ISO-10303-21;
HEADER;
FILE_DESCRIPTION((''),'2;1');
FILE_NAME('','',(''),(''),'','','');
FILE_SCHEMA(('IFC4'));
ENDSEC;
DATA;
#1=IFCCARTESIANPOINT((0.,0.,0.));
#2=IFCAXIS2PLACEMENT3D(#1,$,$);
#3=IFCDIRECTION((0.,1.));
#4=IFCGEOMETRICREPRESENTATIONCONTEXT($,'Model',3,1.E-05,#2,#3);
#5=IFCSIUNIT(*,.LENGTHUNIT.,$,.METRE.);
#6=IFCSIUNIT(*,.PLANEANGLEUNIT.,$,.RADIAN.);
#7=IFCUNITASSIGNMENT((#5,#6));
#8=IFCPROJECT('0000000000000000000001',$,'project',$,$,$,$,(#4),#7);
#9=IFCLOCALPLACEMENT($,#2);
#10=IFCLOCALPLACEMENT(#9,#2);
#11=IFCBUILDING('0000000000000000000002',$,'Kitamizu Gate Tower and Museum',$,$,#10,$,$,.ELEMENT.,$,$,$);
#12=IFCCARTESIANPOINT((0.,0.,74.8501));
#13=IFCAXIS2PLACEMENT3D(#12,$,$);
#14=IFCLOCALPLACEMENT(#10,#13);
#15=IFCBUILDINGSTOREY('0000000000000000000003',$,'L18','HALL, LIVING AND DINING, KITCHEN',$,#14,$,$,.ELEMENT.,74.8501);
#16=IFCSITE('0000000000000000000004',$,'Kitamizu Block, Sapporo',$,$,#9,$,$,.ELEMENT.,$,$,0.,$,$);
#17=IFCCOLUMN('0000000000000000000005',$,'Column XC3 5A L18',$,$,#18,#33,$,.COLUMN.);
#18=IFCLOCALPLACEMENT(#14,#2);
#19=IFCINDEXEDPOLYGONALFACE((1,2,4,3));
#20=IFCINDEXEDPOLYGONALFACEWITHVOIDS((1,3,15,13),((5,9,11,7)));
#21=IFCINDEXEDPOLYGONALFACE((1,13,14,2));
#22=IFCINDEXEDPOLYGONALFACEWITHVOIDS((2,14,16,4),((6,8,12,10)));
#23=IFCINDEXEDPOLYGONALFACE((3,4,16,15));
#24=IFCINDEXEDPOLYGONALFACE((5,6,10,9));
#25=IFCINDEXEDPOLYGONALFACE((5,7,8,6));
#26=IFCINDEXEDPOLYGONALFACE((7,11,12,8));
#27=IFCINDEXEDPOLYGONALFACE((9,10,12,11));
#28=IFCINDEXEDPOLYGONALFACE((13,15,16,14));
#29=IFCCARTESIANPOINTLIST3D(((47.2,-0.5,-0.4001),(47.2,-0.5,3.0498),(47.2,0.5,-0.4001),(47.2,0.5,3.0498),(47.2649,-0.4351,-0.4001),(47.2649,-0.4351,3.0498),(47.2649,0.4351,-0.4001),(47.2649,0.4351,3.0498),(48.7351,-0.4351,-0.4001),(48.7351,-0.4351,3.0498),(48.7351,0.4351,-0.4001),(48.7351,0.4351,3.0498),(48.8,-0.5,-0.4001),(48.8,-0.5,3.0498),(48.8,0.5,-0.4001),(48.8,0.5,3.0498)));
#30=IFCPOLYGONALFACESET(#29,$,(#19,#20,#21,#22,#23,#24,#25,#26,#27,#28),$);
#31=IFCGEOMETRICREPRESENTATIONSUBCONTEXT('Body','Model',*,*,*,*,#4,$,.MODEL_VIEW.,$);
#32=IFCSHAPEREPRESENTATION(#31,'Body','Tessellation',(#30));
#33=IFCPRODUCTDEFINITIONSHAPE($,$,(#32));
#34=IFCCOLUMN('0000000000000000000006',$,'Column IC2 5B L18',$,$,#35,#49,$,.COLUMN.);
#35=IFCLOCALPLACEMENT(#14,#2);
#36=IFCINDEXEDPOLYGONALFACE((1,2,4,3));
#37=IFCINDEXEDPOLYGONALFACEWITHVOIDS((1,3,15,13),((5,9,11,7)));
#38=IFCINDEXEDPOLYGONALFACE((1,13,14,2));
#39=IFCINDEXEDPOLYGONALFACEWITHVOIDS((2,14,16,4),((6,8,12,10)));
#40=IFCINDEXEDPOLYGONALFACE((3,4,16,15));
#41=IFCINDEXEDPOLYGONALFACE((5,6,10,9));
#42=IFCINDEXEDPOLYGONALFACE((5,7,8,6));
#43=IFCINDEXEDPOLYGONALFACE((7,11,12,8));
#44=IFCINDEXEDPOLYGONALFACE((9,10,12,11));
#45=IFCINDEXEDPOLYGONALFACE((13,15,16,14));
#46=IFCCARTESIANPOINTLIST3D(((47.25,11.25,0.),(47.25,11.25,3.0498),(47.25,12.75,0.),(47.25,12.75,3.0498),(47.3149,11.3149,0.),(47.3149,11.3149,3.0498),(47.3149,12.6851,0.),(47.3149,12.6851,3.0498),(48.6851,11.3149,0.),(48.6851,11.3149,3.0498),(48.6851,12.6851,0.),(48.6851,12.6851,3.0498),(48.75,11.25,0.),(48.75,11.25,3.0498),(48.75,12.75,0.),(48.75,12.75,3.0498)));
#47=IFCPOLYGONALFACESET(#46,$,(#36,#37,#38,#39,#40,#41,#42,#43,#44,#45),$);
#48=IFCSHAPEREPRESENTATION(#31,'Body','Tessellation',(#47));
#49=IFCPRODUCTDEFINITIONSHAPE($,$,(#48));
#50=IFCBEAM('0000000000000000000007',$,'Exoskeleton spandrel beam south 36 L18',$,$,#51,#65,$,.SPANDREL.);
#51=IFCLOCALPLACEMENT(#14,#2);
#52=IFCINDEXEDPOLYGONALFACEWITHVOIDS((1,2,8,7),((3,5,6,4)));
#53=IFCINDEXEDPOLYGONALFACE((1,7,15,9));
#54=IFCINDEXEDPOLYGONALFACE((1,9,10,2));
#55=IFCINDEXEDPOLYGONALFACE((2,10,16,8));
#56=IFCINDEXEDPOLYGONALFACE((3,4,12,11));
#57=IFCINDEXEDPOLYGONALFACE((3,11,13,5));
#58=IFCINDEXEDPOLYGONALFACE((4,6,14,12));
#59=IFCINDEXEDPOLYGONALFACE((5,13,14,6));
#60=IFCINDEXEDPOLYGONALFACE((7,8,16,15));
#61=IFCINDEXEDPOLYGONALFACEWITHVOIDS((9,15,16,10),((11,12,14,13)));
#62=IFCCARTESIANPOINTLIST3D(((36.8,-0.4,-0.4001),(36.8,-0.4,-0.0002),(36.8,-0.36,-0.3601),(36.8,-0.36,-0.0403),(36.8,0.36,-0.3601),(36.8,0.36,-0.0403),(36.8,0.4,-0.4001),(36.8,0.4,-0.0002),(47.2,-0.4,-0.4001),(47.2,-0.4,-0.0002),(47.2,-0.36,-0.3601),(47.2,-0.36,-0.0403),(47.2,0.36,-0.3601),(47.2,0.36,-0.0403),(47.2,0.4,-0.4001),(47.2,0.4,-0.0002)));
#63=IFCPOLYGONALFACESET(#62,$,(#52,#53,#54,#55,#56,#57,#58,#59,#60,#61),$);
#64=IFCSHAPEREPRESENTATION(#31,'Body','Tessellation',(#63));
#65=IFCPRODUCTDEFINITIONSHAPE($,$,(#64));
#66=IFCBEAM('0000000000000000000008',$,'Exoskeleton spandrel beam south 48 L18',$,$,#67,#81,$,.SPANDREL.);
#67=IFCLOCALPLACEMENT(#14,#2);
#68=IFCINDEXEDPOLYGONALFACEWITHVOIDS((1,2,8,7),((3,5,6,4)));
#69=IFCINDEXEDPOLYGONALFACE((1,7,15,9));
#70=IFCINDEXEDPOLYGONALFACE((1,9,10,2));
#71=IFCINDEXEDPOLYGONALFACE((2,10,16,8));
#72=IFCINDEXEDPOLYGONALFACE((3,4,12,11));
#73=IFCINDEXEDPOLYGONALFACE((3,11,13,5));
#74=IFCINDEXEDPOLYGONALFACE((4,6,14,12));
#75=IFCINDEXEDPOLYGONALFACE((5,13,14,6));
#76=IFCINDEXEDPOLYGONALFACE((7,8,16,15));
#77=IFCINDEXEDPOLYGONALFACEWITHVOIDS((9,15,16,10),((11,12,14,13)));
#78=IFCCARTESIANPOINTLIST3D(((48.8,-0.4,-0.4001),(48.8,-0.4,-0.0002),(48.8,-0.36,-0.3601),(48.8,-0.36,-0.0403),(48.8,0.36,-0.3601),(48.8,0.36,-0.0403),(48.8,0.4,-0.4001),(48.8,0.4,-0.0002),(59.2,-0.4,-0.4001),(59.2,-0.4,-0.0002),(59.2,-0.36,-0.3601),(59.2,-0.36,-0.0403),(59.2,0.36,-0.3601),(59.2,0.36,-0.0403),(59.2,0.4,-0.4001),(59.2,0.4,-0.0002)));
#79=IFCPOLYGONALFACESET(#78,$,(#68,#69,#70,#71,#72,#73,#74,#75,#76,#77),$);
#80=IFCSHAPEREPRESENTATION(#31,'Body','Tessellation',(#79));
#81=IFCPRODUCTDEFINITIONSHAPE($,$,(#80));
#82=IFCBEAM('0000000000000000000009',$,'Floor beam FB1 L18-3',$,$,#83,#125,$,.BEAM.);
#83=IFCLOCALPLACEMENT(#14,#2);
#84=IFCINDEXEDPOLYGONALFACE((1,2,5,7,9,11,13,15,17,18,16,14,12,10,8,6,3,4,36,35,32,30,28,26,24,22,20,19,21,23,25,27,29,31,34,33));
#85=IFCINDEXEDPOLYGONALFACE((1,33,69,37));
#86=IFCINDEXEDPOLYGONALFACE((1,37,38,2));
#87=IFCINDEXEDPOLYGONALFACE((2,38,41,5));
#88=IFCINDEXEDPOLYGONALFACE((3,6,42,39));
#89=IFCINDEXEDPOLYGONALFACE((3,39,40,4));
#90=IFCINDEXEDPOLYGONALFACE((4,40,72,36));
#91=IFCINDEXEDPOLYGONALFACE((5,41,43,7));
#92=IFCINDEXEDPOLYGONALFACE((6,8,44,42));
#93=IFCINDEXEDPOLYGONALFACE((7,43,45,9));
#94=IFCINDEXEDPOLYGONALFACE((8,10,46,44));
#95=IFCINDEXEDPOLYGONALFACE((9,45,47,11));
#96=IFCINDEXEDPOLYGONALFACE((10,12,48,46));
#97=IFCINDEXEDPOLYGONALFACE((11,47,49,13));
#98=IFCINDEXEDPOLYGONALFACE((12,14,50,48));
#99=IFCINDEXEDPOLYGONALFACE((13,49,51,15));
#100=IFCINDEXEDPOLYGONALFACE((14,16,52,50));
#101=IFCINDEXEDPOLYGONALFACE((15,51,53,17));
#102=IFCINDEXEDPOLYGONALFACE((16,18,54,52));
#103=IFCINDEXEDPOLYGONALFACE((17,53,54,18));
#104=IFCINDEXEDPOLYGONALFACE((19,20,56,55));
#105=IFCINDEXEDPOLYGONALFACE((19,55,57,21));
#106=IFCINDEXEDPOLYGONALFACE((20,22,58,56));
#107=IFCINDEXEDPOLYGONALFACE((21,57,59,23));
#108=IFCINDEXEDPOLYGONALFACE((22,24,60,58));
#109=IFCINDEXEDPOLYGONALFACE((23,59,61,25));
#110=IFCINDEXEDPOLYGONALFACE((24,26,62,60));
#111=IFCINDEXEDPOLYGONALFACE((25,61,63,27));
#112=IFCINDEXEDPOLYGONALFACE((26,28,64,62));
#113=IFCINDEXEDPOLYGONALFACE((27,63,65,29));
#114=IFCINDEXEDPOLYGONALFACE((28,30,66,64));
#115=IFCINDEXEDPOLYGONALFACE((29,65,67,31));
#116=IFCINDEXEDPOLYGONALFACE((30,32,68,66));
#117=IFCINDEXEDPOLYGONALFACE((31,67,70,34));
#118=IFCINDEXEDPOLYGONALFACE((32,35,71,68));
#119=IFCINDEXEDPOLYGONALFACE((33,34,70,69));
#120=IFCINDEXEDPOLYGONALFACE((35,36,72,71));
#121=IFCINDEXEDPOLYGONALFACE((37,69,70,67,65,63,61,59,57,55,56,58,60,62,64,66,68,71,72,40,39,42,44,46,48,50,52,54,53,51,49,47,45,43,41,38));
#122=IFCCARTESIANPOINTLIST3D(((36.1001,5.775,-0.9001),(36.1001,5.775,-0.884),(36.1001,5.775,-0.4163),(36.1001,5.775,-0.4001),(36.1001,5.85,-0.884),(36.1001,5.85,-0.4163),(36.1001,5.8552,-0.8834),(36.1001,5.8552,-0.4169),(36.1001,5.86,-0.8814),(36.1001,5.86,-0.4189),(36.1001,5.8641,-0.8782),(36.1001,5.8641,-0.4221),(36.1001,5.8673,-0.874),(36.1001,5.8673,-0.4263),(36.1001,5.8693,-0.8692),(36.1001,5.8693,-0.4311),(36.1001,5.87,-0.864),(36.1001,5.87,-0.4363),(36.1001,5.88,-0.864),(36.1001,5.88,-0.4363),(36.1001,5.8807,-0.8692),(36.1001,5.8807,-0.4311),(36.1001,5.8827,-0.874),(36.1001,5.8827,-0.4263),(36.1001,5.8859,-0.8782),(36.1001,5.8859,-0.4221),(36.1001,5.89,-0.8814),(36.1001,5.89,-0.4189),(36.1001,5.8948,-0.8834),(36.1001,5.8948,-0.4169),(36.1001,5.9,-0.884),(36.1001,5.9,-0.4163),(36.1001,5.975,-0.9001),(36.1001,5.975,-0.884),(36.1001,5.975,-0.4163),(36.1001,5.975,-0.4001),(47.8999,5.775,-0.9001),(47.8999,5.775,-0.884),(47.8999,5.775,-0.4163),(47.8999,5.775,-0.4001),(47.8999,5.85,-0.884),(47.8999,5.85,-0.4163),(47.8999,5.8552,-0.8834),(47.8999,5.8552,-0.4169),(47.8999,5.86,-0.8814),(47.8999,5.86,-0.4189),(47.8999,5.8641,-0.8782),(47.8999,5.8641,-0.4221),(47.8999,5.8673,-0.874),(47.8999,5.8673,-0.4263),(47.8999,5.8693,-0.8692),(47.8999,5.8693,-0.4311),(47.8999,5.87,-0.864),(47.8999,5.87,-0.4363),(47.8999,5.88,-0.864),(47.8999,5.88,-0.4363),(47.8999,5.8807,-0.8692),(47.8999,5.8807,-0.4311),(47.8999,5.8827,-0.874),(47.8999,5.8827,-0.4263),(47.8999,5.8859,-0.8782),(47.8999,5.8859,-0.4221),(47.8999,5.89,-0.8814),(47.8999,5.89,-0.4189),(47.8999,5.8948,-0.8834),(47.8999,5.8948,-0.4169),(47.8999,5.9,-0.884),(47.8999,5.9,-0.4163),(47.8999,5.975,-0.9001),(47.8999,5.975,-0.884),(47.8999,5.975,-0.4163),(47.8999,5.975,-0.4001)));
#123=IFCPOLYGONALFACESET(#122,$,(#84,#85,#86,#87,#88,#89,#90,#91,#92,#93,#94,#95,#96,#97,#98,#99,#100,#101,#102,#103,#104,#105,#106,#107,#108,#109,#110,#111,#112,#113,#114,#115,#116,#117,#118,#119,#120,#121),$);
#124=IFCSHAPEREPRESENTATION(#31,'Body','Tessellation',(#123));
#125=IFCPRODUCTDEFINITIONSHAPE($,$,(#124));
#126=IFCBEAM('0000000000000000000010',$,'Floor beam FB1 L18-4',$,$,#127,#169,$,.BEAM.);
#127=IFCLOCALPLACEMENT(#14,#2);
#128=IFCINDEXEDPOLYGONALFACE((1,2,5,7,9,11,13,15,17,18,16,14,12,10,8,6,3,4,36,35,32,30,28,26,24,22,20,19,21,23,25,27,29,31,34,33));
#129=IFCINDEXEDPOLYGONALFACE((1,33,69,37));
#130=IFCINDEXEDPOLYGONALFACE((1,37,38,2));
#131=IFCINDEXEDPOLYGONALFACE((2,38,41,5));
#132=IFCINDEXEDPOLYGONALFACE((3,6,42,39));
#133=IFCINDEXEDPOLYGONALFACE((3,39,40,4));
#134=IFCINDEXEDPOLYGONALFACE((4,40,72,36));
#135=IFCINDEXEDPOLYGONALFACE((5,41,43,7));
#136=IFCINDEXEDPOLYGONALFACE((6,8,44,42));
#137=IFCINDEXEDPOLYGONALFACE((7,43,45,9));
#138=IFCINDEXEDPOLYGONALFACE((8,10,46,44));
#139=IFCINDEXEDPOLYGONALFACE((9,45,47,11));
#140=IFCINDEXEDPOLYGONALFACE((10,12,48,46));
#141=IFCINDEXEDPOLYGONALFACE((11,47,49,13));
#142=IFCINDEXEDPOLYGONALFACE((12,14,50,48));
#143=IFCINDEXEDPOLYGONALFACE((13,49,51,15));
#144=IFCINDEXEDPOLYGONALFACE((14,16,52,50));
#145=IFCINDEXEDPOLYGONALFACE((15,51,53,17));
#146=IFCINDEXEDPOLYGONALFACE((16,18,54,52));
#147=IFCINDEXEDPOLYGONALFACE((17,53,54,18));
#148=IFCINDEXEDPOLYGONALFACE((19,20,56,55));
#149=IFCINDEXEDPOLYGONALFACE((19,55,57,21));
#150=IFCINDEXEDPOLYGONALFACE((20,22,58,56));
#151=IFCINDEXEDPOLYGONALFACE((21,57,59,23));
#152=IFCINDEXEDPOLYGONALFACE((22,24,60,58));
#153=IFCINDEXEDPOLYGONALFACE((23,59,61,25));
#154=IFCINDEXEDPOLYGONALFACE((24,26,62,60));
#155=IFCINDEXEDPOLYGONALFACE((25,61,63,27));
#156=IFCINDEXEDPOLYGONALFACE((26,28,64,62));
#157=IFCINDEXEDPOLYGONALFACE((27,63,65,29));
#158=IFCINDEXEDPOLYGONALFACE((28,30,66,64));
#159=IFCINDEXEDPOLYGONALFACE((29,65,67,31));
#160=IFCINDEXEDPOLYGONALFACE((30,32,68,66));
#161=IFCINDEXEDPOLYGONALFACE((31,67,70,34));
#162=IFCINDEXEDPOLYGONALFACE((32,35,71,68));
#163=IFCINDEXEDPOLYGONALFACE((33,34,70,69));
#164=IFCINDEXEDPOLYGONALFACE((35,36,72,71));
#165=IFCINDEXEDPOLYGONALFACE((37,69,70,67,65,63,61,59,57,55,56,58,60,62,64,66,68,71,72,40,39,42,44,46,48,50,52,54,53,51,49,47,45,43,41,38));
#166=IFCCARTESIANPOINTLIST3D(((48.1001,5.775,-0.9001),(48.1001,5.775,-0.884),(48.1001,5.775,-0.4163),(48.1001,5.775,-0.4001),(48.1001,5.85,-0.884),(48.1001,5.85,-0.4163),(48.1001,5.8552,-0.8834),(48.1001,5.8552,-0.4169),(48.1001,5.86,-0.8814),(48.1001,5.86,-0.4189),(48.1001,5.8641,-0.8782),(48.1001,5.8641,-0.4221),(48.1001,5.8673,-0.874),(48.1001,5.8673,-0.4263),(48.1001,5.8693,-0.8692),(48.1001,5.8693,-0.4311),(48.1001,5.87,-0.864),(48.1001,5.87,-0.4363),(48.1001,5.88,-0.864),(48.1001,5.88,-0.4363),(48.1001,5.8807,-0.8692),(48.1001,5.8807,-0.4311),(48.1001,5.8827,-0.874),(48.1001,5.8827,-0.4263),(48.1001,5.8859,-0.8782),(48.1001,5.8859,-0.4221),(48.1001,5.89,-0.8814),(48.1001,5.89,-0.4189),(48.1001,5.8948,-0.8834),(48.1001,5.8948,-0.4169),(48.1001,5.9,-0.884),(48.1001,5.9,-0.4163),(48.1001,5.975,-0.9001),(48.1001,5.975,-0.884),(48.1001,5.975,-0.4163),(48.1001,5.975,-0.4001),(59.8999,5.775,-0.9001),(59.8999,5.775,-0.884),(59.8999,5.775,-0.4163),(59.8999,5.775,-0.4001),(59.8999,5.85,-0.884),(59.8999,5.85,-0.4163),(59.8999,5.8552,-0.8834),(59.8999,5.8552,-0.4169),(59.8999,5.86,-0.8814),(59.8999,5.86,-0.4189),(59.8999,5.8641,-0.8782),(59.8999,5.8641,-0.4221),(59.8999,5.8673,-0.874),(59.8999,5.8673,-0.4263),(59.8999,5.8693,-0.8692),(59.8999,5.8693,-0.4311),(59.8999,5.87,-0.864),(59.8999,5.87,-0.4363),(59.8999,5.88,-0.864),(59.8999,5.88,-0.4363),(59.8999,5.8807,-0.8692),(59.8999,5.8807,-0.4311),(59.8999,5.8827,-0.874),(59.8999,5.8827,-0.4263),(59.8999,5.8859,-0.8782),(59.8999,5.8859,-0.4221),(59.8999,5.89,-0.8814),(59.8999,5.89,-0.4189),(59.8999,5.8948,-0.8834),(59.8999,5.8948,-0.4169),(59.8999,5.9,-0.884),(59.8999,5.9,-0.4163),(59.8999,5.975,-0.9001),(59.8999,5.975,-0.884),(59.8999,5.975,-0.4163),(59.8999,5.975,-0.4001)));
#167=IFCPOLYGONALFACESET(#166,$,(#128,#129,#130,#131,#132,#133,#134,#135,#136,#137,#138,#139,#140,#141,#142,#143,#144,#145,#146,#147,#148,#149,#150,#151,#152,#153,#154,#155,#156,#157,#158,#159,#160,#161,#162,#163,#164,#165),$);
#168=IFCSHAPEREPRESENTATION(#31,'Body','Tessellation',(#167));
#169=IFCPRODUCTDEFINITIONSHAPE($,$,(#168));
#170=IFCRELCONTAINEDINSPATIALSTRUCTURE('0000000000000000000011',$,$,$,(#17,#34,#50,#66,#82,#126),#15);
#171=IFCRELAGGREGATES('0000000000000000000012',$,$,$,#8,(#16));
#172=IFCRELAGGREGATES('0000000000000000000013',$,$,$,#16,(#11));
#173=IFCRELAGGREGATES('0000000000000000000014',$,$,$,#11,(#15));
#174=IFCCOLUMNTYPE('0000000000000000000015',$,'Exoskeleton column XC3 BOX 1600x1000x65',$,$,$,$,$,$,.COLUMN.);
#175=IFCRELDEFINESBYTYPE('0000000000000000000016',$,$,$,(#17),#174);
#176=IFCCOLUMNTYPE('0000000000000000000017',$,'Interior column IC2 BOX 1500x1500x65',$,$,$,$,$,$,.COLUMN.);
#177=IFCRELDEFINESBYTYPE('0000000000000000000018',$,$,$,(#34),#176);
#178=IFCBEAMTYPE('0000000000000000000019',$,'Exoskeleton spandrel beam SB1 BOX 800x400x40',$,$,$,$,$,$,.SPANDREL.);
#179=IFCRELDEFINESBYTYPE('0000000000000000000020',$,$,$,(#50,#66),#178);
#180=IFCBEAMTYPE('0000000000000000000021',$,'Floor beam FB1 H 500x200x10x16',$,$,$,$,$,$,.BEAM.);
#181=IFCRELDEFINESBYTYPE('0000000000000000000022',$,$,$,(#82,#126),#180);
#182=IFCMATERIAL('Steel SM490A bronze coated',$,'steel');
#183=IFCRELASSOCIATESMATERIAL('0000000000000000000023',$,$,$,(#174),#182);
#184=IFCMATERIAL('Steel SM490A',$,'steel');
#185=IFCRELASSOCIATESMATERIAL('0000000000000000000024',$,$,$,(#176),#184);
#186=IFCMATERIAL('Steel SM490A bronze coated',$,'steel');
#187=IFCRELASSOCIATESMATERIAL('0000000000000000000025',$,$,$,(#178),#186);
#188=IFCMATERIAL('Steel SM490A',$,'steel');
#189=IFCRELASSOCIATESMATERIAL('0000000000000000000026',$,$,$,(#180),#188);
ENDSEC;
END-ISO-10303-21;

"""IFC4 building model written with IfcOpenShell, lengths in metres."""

from ifc_helpers import new_model, si_unit, direction, frame, origin, origin_2d, place, context, subcontext, project, spatial, hollow_rectangle, i_section, extrude, material, material_profile, profile_set, type_object, element, save


model = new_model("IFC4")

# Units and contexts
model_context = context("Model", 3, precision=1e-05, world=origin(), true_north=direction((0.0, 1.0)))
body_context = subcontext(model_context, "Body", "Model", "MODEL_VIEW")
ifc_project = project(units=[si_unit("LENGTHUNIT", "METRE"), si_unit("PLANEANGLEUNIT", "RADIAN")], contexts=[model_context])

# Site, building, storey
site_placement = place(None, origin())
site = spatial("IfcSite", under=ifc_project, at=site_placement, Name="Kitamizu Block, Sapporo", CompositionType="ELEMENT", RefElevation=0.0)
building_placement = place(site_placement, origin())
building = spatial("IfcBuilding", under=site, at=building_placement, Name="Kitamizu Gate Tower and Museum", CompositionType="ELEMENT")
storey_placement = place(building_placement, frame((0.0, 0.0, 74.8501)))
storey = spatial("IfcBuildingStorey", under=building, at=storey_placement, Name="L18", Description="HALL, LIVING AND DINING, KITCHEN", CompositionType="ELEMENT", Elevation=74.8501)

# Columns
ifc_material_1 = material(Name="Steel SM490A bronze coated", Category="steel")
ifc_material_profile_1 = material_profile(ifc_material_1, hollow_rectangle(XDim=1.6001, YDim=1.0, WallThickness=0.0649, at=origin_2d()), Name="BOX 1600x1000x65")
ifc_profile_set_1 = profile_set([ifc_material_profile_1], Name="Steel SM490A bronze coated")
column_type_1 = type_object("IfcColumnType", Name="Exoskeleton column XC3 BOX 1600x1000x65", PredefinedType="COLUMN", material=ifc_profile_set_1)
column_1_placement = place(storey_placement, frame((48.0, 0.0, -0.4001), z_axis=(0.0, 0.0, 1.0), x_axis=(1.0, 0.0, 0.0)))
element("IfcColumn", 1, at=column_1_placement, inside=storey, type_object=column_type_1, Name="Column XC3 5A L18", PredefinedType="COLUMN", context=body_context, shape_type="SweptSolid", body=[
    extrude(hollow_rectangle(XDim=1.6001, YDim=1.0, WallThickness=0.0649, at=origin_2d()), origin(), (0.0, 0.0, 1.0), 3.45),
])
ifc_material_2 = material(Name="Steel SM490A", Category="steel")
ifc_material_profile_2 = material_profile(ifc_material_2, hollow_rectangle(XDim=1.5, YDim=1.5, WallThickness=0.0649, at=origin_2d()), Name="BOX 1500x1500x65")
ifc_profile_set_2 = profile_set([ifc_material_profile_2], Name="Steel SM490A")
column_type_2 = type_object("IfcColumnType", Name="Interior column IC2 BOX 1500x1500x65", PredefinedType="COLUMN", material=ifc_profile_set_2)
column_2_placement = place(storey_placement, frame((48.0, 12.0, 0.0), z_axis=(0.0, 0.0, 1.0), x_axis=(1.0, 0.0, 0.0)))
element("IfcColumn", 2, at=column_2_placement, inside=storey, type_object=column_type_2, Name="Column IC2 5B L18", PredefinedType="COLUMN", context=body_context, shape_type="SweptSolid", body=[
    extrude(hollow_rectangle(XDim=1.5, YDim=1.5, WallThickness=0.0649, at=origin_2d()), origin(), (0.0, 0.0, 1.0), 3.0498),
])

# Beams
ifc_material_3 = material(Name="Steel SM490A bronze coated", Category="steel")
ifc_material_profile_3 = material_profile(ifc_material_3, hollow_rectangle(XDim=0.8, YDim=0.3999, WallThickness=0.04, at=origin_2d()), Name="BOX 800x400x40")
ifc_profile_set_3 = profile_set([ifc_material_profile_3], Name="Steel SM490A bronze coated")
beam_type_1 = type_object("IfcBeamType", Name="Exoskeleton spandrel beam SB1 BOX 800x400x40", PredefinedType="SPANDREL", material=ifc_profile_set_3)
for number, where, z_axis, x_axis, name in (
    (3, (36.8, 0.0, -0.2002), (1.0, 0.0, 0.0), (0.0, 1.0, 0.0), "Exoskeleton spandrel beam south 36 L18"),
    (4, (48.8, 0.0, -0.2002), (1.0, 0.0, 0.0), (0.0, 1.0, 0.0), "Exoskeleton spandrel beam south 48 L18"),
):
    element("IfcBeam", number, at=place(storey_placement, frame(where, z_axis=z_axis, x_axis=x_axis)), inside=storey, type_object=beam_type_1, Name=name, PredefinedType="SPANDREL", context=body_context, shape_type="SweptSolid", body=[
        extrude(hollow_rectangle(XDim=0.8, YDim=0.3999, WallThickness=0.04, at=origin_2d()), origin(), (0.0, 0.0, 1.0), 10.3999),
    ])
ifc_material_4 = material(Name="Steel SM490A", Category="steel")
ifc_material_profile_4 = material_profile(ifc_material_4, i_section(OverallWidth=0.2, OverallDepth=0.5, WebThickness=0.01, FlangeThickness=0.0161, FilletRadius=0.02, at=origin_2d()), Name="H-500x200x10x16")
ifc_profile_set_4 = profile_set([ifc_material_profile_4], Name="Steel SM490A")
beam_type_2 = type_object("IfcBeamType", Name="Floor beam FB1 H 500x200x10x16", PredefinedType="BEAM", material=ifc_profile_set_4)
for number, where, z_axis, x_axis, name in (
    (5, (36.1001, 5.875, -0.6501), (1.0, 0.0, 0.0), (0.0, 1.0, 0.0), "Floor beam FB1 L18-3"),
    (6, (48.1001, 5.875, -0.6501), (1.0, 0.0, 0.0), (0.0, 1.0, 0.0), "Floor beam FB1 L18-4"),
):
    element("IfcBeam", number, at=place(storey_placement, frame(where, z_axis=z_axis, x_axis=x_axis)), inside=storey, type_object=beam_type_2, Name=name, PredefinedType="BEAM", context=body_context, shape_type="SweptSolid", body=[
        extrude(i_section(OverallWidth=0.2, OverallDepth=0.5, WebThickness=0.01, FlangeThickness=0.0161, FilletRadius=0.02, at=origin_2d()), origin(), (0.0, 0.0, 1.0), 11.7998),
    ])

save(model, "model.ifc")
